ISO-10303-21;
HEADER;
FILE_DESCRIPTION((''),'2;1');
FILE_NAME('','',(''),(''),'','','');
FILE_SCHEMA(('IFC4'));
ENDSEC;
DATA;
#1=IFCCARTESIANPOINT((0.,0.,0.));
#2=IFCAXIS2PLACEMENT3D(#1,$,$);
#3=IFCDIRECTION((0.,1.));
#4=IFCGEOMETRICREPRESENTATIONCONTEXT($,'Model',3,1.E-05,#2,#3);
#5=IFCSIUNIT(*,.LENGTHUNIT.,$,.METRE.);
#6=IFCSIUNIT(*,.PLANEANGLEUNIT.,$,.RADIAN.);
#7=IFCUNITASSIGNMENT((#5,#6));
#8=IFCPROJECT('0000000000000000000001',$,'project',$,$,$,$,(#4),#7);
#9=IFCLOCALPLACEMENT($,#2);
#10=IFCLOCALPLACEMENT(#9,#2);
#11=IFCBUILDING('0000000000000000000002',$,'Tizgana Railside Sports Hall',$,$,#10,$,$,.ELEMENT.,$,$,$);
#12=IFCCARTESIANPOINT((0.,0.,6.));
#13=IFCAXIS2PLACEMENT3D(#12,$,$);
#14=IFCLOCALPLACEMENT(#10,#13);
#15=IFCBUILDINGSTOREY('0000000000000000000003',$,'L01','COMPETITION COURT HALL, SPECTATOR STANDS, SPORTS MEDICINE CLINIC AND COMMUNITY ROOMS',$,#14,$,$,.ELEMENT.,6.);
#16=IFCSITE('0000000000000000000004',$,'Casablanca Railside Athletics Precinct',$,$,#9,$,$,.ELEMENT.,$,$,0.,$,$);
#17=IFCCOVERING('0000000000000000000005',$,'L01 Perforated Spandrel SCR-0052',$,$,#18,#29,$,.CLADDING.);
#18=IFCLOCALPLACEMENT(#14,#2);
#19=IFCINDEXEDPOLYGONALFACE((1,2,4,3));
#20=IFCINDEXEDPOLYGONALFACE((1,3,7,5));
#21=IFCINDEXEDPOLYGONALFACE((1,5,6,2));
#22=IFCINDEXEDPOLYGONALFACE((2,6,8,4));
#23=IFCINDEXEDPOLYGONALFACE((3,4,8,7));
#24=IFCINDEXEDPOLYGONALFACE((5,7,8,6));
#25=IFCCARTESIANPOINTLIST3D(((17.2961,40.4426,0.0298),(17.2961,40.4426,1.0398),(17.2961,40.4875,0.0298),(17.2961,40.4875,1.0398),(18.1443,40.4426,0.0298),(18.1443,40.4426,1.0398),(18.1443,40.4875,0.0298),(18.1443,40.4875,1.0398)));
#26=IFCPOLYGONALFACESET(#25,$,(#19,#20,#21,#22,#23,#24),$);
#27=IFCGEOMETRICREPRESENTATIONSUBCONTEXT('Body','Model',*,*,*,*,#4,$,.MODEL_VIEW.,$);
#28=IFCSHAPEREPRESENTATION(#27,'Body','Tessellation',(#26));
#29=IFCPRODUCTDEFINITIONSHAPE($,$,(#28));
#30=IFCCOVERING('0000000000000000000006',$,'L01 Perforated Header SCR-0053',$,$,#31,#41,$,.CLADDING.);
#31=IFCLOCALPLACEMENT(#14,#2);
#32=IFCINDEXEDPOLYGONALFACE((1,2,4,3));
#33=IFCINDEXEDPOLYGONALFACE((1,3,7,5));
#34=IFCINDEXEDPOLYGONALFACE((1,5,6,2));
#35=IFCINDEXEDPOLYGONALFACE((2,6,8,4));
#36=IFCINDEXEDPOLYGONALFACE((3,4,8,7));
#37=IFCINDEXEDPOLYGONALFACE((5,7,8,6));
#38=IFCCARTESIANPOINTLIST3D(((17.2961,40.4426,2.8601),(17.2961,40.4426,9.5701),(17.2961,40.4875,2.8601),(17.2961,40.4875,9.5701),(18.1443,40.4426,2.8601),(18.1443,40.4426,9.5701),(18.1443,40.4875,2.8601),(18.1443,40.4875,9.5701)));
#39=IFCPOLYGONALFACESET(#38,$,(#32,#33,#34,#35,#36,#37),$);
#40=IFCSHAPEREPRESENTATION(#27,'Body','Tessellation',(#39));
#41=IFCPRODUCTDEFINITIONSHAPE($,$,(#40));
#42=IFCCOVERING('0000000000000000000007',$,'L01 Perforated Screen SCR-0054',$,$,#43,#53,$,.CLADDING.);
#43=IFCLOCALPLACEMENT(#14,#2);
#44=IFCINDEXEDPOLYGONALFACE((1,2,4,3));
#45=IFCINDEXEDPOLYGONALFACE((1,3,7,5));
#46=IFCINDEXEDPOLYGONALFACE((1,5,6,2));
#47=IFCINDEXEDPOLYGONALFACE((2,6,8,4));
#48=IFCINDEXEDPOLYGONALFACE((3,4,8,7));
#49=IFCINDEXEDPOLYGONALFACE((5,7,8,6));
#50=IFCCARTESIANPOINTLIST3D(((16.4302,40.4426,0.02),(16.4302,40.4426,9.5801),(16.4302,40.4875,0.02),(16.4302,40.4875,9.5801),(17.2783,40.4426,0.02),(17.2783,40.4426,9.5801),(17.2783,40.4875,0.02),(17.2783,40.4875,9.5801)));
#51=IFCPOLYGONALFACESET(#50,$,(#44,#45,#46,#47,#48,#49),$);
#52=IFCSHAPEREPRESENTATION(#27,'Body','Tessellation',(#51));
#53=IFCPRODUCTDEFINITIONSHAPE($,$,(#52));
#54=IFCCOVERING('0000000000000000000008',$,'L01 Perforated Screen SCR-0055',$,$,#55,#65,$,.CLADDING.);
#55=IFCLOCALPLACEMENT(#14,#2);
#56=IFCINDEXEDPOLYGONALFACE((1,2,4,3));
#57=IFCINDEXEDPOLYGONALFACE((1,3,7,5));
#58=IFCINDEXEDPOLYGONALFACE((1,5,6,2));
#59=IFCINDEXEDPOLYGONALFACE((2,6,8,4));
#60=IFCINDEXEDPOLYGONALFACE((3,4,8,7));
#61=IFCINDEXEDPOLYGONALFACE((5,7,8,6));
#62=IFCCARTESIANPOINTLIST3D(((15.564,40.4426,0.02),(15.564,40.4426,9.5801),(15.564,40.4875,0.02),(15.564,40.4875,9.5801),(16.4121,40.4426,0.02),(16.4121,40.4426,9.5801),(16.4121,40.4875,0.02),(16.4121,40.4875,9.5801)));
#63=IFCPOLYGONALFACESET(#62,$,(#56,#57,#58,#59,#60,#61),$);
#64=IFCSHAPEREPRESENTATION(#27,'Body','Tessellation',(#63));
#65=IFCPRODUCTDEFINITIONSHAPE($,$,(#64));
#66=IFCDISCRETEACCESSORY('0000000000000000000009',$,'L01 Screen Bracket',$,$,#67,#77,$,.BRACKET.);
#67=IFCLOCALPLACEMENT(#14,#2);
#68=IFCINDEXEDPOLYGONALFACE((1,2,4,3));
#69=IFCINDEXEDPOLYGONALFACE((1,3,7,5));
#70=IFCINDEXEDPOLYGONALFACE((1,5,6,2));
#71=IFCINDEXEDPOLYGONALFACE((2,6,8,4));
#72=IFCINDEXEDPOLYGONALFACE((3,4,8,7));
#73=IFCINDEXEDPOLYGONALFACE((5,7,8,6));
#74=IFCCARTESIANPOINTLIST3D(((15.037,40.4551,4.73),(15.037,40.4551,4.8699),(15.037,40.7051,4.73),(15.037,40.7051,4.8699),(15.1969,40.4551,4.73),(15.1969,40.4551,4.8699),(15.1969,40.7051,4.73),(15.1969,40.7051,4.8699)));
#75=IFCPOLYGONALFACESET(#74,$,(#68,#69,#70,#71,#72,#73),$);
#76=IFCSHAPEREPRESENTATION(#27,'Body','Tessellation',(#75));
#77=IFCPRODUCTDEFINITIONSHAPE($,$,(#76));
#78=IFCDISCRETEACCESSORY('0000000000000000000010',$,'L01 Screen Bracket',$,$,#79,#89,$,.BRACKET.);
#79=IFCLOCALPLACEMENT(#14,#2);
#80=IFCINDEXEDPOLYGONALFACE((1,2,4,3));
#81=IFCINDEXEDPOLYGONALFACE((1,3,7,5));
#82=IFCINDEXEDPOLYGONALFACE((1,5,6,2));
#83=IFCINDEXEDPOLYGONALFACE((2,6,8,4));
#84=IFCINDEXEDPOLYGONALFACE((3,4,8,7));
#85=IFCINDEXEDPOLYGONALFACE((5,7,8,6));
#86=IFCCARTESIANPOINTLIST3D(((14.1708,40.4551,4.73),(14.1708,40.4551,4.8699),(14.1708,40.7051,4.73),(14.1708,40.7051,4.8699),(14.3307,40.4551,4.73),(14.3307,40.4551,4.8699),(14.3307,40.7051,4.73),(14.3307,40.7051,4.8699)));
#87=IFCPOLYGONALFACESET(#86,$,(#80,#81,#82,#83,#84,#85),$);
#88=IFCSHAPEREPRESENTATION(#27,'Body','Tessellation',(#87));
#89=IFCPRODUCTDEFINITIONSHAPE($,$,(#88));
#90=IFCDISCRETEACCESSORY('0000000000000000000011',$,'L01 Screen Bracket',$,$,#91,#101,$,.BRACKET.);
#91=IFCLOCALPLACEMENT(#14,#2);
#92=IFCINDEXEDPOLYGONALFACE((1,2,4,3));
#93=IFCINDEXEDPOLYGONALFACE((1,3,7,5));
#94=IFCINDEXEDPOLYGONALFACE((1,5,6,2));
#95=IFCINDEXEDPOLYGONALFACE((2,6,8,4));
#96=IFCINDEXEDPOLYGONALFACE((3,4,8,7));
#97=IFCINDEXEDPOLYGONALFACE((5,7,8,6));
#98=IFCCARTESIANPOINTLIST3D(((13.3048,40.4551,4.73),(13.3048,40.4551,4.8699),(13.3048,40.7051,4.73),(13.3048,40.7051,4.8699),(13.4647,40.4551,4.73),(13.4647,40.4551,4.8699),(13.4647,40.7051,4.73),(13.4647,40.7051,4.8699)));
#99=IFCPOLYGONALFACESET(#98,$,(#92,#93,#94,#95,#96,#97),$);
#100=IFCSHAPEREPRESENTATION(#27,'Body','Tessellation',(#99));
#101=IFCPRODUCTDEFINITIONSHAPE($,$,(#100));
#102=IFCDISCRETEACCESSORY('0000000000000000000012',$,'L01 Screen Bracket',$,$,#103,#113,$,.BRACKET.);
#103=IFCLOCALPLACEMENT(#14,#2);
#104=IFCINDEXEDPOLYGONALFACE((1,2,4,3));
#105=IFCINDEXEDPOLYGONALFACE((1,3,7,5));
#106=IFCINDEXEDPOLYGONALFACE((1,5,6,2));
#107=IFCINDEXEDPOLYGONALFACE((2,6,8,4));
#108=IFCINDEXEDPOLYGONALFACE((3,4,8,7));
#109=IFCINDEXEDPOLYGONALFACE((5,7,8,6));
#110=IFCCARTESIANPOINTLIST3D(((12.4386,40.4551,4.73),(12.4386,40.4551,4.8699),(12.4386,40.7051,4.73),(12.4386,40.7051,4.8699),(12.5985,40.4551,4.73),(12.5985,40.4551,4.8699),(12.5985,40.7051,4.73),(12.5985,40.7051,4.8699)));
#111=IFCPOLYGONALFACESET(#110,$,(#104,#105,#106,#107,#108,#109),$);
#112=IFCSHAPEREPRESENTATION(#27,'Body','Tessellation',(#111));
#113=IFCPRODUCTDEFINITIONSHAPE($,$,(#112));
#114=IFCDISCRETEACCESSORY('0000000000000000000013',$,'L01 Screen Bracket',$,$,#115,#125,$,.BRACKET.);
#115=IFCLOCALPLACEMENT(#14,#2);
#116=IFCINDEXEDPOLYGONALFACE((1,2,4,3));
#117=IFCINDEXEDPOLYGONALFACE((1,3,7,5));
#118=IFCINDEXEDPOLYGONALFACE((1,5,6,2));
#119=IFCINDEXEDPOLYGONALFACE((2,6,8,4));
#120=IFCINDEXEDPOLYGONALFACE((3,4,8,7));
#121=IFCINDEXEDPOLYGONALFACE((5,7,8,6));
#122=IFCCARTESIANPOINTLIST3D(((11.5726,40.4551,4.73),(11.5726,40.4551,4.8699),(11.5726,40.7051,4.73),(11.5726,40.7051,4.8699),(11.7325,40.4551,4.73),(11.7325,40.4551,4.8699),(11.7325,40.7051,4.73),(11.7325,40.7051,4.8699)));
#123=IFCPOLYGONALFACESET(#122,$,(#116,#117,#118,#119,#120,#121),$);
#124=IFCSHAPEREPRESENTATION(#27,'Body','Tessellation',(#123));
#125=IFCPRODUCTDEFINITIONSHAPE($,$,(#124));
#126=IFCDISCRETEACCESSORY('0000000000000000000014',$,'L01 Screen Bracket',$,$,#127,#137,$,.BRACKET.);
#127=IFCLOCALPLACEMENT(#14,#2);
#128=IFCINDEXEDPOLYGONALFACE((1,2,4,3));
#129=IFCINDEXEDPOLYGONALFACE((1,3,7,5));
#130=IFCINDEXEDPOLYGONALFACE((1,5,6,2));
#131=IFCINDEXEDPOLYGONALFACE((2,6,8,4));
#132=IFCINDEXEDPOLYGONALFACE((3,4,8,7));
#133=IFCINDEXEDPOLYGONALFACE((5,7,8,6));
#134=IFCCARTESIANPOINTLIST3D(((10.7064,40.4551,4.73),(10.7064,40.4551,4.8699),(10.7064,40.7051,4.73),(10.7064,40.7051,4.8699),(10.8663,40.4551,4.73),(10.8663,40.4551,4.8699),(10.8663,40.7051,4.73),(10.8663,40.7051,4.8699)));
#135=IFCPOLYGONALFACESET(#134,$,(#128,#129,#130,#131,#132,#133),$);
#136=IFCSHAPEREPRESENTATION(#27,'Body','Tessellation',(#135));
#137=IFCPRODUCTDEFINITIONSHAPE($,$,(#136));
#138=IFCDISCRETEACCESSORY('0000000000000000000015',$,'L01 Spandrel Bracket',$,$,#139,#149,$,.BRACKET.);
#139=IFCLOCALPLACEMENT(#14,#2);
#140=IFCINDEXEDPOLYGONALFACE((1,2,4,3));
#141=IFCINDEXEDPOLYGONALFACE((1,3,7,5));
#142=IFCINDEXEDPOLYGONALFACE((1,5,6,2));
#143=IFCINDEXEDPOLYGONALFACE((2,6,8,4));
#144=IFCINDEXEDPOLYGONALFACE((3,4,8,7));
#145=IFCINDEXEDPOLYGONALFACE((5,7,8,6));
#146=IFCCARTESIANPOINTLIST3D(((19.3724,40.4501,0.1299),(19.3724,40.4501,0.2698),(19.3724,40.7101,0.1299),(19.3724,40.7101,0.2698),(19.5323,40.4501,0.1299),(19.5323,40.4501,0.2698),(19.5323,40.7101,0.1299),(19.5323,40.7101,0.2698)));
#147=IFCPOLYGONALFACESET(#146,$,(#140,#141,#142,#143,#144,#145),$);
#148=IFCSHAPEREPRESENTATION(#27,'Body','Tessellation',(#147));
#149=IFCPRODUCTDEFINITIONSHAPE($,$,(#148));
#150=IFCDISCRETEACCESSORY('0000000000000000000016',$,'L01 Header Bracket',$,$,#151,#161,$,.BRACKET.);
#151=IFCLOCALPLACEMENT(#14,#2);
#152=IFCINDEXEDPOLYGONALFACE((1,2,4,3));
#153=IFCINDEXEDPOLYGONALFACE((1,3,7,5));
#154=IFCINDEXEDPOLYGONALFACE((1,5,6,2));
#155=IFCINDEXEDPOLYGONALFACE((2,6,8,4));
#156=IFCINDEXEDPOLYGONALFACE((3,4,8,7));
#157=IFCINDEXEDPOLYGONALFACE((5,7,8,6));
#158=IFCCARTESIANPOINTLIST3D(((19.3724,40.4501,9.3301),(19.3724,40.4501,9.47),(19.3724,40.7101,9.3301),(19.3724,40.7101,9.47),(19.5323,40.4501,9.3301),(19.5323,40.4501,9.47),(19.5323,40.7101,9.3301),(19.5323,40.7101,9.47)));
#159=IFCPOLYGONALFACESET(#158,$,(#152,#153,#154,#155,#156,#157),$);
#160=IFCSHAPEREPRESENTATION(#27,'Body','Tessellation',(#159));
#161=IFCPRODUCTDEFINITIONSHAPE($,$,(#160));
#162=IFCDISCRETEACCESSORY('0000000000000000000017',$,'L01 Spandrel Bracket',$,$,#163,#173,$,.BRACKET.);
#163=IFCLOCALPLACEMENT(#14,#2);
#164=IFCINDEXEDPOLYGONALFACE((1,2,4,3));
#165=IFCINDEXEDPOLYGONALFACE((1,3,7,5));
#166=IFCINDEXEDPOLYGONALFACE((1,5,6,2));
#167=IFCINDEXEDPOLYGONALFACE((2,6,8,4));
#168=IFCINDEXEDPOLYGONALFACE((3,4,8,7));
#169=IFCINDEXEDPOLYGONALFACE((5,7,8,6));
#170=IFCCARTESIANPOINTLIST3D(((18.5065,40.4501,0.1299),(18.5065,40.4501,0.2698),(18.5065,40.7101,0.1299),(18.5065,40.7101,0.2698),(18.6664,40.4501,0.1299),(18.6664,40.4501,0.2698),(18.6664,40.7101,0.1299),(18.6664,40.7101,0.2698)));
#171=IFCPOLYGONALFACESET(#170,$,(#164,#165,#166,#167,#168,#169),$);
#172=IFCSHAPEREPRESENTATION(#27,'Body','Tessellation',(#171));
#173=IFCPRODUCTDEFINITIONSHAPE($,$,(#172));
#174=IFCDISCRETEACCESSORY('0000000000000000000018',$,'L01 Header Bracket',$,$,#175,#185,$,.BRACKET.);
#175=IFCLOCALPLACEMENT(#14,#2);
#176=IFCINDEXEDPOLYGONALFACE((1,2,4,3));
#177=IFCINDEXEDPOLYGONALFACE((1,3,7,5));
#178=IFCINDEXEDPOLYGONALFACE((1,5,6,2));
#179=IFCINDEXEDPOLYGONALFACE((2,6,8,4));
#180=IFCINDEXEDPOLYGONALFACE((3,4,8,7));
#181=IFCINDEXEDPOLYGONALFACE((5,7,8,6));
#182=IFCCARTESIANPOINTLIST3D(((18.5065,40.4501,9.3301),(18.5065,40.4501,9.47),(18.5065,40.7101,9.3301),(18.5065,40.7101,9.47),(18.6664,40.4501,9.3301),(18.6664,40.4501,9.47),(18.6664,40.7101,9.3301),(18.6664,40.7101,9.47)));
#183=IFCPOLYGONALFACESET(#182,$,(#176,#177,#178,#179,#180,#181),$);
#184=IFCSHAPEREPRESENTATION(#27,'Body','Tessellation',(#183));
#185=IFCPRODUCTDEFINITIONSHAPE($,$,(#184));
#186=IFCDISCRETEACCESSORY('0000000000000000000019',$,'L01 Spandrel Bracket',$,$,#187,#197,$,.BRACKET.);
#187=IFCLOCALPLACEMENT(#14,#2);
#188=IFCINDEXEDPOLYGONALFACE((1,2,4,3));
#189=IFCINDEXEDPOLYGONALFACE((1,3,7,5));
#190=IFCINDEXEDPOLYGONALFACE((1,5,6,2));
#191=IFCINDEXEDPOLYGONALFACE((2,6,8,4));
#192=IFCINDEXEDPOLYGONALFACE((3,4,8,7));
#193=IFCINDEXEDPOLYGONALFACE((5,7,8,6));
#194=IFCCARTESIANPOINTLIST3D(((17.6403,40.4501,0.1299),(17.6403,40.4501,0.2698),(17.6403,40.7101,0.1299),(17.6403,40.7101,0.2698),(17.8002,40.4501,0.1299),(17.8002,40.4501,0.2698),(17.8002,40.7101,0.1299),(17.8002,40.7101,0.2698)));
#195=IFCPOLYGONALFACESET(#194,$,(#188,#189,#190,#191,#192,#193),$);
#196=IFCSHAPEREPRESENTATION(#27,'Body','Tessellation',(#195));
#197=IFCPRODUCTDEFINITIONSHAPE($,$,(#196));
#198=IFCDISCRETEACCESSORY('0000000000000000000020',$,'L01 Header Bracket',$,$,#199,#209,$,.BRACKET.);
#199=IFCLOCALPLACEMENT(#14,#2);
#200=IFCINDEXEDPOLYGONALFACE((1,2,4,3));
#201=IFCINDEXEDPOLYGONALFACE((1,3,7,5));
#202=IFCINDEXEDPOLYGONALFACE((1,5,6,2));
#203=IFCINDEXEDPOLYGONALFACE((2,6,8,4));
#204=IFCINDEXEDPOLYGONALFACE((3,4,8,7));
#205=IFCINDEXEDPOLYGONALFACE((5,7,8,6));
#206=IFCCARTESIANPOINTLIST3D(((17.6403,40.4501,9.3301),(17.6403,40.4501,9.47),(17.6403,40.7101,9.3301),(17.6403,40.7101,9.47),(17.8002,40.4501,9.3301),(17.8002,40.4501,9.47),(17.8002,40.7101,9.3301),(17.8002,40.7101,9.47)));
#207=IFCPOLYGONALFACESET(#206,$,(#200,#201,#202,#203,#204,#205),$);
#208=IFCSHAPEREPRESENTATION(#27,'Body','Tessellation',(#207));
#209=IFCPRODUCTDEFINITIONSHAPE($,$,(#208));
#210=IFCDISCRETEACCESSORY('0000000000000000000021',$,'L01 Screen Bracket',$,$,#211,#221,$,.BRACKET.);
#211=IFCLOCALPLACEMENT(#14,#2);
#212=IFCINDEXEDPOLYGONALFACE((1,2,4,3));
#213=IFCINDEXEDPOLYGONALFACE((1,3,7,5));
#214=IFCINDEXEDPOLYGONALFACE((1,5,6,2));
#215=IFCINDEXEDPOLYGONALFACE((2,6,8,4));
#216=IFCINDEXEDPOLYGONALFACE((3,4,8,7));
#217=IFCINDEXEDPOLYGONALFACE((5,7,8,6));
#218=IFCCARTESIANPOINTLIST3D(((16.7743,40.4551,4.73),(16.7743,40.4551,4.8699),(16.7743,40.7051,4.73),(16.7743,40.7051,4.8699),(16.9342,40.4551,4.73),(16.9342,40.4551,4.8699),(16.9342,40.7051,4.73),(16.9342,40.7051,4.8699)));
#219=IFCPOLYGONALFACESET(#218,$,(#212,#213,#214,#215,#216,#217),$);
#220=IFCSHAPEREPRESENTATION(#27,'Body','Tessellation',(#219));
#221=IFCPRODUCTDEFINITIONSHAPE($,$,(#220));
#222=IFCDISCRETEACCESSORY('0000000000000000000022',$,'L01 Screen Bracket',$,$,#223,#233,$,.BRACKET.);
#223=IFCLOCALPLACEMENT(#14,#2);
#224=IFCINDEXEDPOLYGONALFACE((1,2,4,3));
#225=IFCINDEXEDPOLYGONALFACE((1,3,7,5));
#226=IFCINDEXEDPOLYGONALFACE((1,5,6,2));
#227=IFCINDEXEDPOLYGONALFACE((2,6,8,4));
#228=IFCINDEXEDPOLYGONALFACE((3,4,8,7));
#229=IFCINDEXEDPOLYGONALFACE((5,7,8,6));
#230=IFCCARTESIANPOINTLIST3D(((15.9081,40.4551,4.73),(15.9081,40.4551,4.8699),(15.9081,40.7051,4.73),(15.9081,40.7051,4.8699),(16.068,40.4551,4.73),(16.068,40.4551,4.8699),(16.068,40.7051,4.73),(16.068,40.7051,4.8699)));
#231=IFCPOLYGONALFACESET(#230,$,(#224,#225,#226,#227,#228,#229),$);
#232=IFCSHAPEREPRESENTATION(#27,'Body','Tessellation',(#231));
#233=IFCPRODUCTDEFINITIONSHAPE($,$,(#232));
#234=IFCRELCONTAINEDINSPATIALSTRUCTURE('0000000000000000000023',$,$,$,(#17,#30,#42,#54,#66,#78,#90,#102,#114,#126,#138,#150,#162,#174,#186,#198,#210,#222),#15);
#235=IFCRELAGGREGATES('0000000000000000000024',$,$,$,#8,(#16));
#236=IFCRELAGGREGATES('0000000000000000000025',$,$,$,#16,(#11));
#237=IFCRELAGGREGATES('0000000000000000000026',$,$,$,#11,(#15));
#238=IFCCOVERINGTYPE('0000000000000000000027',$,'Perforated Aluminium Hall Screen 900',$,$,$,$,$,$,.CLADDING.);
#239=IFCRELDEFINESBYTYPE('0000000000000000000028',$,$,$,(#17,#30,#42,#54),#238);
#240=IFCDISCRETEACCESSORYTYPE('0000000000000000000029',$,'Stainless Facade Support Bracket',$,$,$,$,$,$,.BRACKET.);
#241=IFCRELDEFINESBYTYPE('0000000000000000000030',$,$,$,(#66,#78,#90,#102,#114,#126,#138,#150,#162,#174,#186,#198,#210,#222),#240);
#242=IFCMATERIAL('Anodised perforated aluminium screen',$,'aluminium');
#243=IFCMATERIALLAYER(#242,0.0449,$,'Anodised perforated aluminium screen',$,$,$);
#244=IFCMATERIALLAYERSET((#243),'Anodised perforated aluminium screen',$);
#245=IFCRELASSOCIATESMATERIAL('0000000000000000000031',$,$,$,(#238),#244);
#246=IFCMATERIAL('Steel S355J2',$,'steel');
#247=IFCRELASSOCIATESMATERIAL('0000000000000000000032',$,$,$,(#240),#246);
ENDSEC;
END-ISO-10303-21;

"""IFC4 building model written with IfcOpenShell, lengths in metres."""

from ifc_helpers import new_model, si_unit, direction, frame, origin, origin_2d, place, context, subcontext, project, spatial, rectangle, extrude, material, layer, layer_set, type_object, element, save


model = new_model("IFC4")

# Units and contexts
model_context = context("Model", 3, precision=1e-05, world=origin(), true_north=direction((0.0, 1.0)))
body_context = subcontext(model_context, "Body", "Model", "MODEL_VIEW")
ifc_project = project(units=[si_unit("LENGTHUNIT", "METRE"), si_unit("PLANEANGLEUNIT", "RADIAN")], contexts=[model_context])

# Site, building, storey
site_placement = place(None, origin())
site = spatial("IfcSite", under=ifc_project, at=site_placement, Name="Casablanca Railside Athletics Precinct", CompositionType="ELEMENT", RefElevation=0.0)
building_placement = place(site_placement, origin())
building = spatial("IfcBuilding", under=site, at=building_placement, Name="Tizgana Railside Sports Hall", CompositionType="ELEMENT")
storey_placement = place(building_placement, frame((0.0, 0.0, 6.0)))
storey = spatial("IfcBuildingStorey", under=building, at=storey_placement, Name="L01", Description="COMPETITION COURT HALL, SPECTATOR STANDS, SPORTS MEDICINE CLINIC AND COMMUNITY ROOMS", CompositionType="ELEMENT", Elevation=6.0)

# Shared definitions
ifc_material_1 = material(Name="Steel S355J2", Category="steel")

# Coverings
ifc_material_2 = material(Name="Anodised perforated aluminium screen", Category="aluminium")
ifc_layer_1 = layer(ifc_material_2, 0.0449, Name="Anodised perforated aluminium screen")
ifc_layer_set_1 = layer_set([ifc_layer_1], Name="Anodised perforated aluminium screen")
covering_type = type_object("IfcCoveringType", Name="Perforated Aluminium Hall Screen 900", PredefinedType="CLADDING", material=ifc_layer_set_1)
covering_1_placement = place(storey_placement, frame((17.7202, 40.4651, 0.0298), z_axis=(0.0, 0.0, 1.0), x_axis=(-1.0, 0.0, 0.0)))
element("IfcCovering", 1, at=covering_1_placement, inside=storey, type_object=covering_type, Name="L01 Perforated Spandrel SCR-0052", PredefinedType="CLADDING", context=body_context, shape_type="SweptSolid", body=[
    extrude(rectangle(XDim=0.8481, YDim=0.0449, at=origin_2d()), origin(), (0.0, 0.0, 1.0), 1.01),
])
covering_2_placement = place(storey_placement, frame((17.7202, 40.4651, 2.8601), z_axis=(0.0, 0.0, 1.0), x_axis=(-1.0, 0.0, 0.0)))
element("IfcCovering", 2, at=covering_2_placement, inside=storey, type_object=covering_type, Name="L01 Perforated Header SCR-0053", PredefinedType="CLADDING", context=body_context, shape_type="SweptSolid", body=[
    extrude(rectangle(XDim=0.8481, YDim=0.0449, at=origin_2d()), origin(), (0.0, 0.0, 1.0), 6.71),
])
for number, where, z_axis, x_axis, name in (
    (3, (16.8542, 40.4651, 0.02), (0.0, 0.0, 1.0), (-1.0, 0.0, 0.0), "L01 Perforated Screen SCR-0054"),
    (4, (15.988, 40.4651, 0.02), (0.0, 0.0, 1.0), (-1.0, 0.0, 0.0), "L01 Perforated Screen SCR-0055"),
):
    element("IfcCovering", number, at=place(storey_placement, frame(where, z_axis=z_axis, x_axis=x_axis)), inside=storey, type_object=covering_type, Name=name, PredefinedType="CLADDING", context=body_context, shape_type="SweptSolid", body=[
        extrude(rectangle(XDim=0.8481, YDim=0.0449, at=origin_2d()), origin(), (0.0, 0.0, 1.0), 9.5601),
    ])

# Discrete accessories
discrete_accessory_type = type_object("IfcDiscreteAccessoryType", Name="Stainless Facade Support Bracket", PredefinedType="BRACKET", material=ifc_material_1)
for number, where, z_axis, x_axis, name in (
    (5, (15.1169, 40.5801, 4.73), (0.0, 0.0, 1.0), (-1.0, 0.0, 0.0), "L01 Screen Bracket"),
    (6, (14.2507, 40.5801, 4.73), (0.0, 0.0, 1.0), (-1.0, 0.0, 0.0), "L01 Screen Bracket"),
    (7, (13.3848, 40.5801, 4.73), (0.0, 0.0, 1.0), (-1.0, 0.0, 0.0), "L01 Screen Bracket"),
    (8, (12.5186, 40.5801, 4.73), (0.0, 0.0, 1.0), (-1.0, 0.0, 0.0), "L01 Screen Bracket"),
    (9, (11.6526, 40.5801, 4.73), (0.0, 0.0, 1.0), (-1.0, 0.0, 0.0), "L01 Screen Bracket"),
    (10, (10.7864, 40.5801, 4.73), (0.0, 0.0, 1.0), (-1.0, 0.0, 0.0), "L01 Screen Bracket"),
):
    element("IfcDiscreteAccessory", number, at=place(storey_placement, frame(where, z_axis=z_axis, x_axis=x_axis)), inside=storey, type_object=discrete_accessory_type, Name=name, PredefinedType="BRACKET", context=body_context, shape_type="SweptSolid", body=[
        extrude(rectangle(XDim=0.1599, YDim=0.25, at=origin_2d()), origin(), (0.0, 0.0, 1.0), 0.1399),
    ])
for number, where, z_axis, x_axis, name in (
    (11, (19.4524, 40.5801, 0.1299), (0.0, 0.0, 1.0), (-1.0, 0.0, 0.0), "L01 Spandrel Bracket"),
    (12, (19.4524, 40.5801, 9.3301), (0.0, 0.0, 1.0), (-1.0, 0.0, 0.0), "L01 Header Bracket"),
    (13, (18.5864, 40.5801, 0.1299), (0.0, 0.0, 1.0), (-1.0, 0.0, 0.0), "L01 Spandrel Bracket"),
    (14, (18.5864, 40.5801, 9.3301), (0.0, 0.0, 1.0), (-1.0, 0.0, 0.0), "L01 Header Bracket"),
    (15, (17.7202, 40.5801, 0.1299), (0.0, 0.0, 1.0), (-1.0, 0.0, 0.0), "L01 Spandrel Bracket"),
    (16, (17.7202, 40.5801, 9.3301), (0.0, 0.0, 1.0), (-1.0, 0.0, 0.0), "L01 Header Bracket"),
):
    element("IfcDiscreteAccessory", number, at=place(storey_placement, frame(where, z_axis=z_axis, x_axis=x_axis)), inside=storey, type_object=discrete_accessory_type, Name=name, PredefinedType="BRACKET", context=body_context, shape_type="SweptSolid", body=[
        extrude(rectangle(XDim=0.1599, YDim=0.26, at=origin_2d()), origin(), (0.0, 0.0, 1.0), 0.1399),
    ])
for number, where, z_axis, x_axis, name in (
    (17, (16.8542, 40.5801, 4.73), (0.0, 0.0, 1.0), (-1.0, 0.0, 0.0), "L01 Screen Bracket"),
    (18, (15.988, 40.5801, 4.73), (0.0, 0.0, 1.0), (-1.0, 0.0, 0.0), "L01 Screen Bracket"),
):
    element("IfcDiscreteAccessory", number, at=place(storey_placement, frame(where, z_axis=z_axis, x_axis=x_axis)), inside=storey, type_object=discrete_accessory_type, Name=name, PredefinedType="BRACKET", context=body_context, shape_type="SweptSolid", body=[
        extrude(rectangle(XDim=0.1599, YDim=0.25, at=origin_2d()), origin(), (0.0, 0.0, 1.0), 0.1399),
    ])

save(model, "model.ifc")
